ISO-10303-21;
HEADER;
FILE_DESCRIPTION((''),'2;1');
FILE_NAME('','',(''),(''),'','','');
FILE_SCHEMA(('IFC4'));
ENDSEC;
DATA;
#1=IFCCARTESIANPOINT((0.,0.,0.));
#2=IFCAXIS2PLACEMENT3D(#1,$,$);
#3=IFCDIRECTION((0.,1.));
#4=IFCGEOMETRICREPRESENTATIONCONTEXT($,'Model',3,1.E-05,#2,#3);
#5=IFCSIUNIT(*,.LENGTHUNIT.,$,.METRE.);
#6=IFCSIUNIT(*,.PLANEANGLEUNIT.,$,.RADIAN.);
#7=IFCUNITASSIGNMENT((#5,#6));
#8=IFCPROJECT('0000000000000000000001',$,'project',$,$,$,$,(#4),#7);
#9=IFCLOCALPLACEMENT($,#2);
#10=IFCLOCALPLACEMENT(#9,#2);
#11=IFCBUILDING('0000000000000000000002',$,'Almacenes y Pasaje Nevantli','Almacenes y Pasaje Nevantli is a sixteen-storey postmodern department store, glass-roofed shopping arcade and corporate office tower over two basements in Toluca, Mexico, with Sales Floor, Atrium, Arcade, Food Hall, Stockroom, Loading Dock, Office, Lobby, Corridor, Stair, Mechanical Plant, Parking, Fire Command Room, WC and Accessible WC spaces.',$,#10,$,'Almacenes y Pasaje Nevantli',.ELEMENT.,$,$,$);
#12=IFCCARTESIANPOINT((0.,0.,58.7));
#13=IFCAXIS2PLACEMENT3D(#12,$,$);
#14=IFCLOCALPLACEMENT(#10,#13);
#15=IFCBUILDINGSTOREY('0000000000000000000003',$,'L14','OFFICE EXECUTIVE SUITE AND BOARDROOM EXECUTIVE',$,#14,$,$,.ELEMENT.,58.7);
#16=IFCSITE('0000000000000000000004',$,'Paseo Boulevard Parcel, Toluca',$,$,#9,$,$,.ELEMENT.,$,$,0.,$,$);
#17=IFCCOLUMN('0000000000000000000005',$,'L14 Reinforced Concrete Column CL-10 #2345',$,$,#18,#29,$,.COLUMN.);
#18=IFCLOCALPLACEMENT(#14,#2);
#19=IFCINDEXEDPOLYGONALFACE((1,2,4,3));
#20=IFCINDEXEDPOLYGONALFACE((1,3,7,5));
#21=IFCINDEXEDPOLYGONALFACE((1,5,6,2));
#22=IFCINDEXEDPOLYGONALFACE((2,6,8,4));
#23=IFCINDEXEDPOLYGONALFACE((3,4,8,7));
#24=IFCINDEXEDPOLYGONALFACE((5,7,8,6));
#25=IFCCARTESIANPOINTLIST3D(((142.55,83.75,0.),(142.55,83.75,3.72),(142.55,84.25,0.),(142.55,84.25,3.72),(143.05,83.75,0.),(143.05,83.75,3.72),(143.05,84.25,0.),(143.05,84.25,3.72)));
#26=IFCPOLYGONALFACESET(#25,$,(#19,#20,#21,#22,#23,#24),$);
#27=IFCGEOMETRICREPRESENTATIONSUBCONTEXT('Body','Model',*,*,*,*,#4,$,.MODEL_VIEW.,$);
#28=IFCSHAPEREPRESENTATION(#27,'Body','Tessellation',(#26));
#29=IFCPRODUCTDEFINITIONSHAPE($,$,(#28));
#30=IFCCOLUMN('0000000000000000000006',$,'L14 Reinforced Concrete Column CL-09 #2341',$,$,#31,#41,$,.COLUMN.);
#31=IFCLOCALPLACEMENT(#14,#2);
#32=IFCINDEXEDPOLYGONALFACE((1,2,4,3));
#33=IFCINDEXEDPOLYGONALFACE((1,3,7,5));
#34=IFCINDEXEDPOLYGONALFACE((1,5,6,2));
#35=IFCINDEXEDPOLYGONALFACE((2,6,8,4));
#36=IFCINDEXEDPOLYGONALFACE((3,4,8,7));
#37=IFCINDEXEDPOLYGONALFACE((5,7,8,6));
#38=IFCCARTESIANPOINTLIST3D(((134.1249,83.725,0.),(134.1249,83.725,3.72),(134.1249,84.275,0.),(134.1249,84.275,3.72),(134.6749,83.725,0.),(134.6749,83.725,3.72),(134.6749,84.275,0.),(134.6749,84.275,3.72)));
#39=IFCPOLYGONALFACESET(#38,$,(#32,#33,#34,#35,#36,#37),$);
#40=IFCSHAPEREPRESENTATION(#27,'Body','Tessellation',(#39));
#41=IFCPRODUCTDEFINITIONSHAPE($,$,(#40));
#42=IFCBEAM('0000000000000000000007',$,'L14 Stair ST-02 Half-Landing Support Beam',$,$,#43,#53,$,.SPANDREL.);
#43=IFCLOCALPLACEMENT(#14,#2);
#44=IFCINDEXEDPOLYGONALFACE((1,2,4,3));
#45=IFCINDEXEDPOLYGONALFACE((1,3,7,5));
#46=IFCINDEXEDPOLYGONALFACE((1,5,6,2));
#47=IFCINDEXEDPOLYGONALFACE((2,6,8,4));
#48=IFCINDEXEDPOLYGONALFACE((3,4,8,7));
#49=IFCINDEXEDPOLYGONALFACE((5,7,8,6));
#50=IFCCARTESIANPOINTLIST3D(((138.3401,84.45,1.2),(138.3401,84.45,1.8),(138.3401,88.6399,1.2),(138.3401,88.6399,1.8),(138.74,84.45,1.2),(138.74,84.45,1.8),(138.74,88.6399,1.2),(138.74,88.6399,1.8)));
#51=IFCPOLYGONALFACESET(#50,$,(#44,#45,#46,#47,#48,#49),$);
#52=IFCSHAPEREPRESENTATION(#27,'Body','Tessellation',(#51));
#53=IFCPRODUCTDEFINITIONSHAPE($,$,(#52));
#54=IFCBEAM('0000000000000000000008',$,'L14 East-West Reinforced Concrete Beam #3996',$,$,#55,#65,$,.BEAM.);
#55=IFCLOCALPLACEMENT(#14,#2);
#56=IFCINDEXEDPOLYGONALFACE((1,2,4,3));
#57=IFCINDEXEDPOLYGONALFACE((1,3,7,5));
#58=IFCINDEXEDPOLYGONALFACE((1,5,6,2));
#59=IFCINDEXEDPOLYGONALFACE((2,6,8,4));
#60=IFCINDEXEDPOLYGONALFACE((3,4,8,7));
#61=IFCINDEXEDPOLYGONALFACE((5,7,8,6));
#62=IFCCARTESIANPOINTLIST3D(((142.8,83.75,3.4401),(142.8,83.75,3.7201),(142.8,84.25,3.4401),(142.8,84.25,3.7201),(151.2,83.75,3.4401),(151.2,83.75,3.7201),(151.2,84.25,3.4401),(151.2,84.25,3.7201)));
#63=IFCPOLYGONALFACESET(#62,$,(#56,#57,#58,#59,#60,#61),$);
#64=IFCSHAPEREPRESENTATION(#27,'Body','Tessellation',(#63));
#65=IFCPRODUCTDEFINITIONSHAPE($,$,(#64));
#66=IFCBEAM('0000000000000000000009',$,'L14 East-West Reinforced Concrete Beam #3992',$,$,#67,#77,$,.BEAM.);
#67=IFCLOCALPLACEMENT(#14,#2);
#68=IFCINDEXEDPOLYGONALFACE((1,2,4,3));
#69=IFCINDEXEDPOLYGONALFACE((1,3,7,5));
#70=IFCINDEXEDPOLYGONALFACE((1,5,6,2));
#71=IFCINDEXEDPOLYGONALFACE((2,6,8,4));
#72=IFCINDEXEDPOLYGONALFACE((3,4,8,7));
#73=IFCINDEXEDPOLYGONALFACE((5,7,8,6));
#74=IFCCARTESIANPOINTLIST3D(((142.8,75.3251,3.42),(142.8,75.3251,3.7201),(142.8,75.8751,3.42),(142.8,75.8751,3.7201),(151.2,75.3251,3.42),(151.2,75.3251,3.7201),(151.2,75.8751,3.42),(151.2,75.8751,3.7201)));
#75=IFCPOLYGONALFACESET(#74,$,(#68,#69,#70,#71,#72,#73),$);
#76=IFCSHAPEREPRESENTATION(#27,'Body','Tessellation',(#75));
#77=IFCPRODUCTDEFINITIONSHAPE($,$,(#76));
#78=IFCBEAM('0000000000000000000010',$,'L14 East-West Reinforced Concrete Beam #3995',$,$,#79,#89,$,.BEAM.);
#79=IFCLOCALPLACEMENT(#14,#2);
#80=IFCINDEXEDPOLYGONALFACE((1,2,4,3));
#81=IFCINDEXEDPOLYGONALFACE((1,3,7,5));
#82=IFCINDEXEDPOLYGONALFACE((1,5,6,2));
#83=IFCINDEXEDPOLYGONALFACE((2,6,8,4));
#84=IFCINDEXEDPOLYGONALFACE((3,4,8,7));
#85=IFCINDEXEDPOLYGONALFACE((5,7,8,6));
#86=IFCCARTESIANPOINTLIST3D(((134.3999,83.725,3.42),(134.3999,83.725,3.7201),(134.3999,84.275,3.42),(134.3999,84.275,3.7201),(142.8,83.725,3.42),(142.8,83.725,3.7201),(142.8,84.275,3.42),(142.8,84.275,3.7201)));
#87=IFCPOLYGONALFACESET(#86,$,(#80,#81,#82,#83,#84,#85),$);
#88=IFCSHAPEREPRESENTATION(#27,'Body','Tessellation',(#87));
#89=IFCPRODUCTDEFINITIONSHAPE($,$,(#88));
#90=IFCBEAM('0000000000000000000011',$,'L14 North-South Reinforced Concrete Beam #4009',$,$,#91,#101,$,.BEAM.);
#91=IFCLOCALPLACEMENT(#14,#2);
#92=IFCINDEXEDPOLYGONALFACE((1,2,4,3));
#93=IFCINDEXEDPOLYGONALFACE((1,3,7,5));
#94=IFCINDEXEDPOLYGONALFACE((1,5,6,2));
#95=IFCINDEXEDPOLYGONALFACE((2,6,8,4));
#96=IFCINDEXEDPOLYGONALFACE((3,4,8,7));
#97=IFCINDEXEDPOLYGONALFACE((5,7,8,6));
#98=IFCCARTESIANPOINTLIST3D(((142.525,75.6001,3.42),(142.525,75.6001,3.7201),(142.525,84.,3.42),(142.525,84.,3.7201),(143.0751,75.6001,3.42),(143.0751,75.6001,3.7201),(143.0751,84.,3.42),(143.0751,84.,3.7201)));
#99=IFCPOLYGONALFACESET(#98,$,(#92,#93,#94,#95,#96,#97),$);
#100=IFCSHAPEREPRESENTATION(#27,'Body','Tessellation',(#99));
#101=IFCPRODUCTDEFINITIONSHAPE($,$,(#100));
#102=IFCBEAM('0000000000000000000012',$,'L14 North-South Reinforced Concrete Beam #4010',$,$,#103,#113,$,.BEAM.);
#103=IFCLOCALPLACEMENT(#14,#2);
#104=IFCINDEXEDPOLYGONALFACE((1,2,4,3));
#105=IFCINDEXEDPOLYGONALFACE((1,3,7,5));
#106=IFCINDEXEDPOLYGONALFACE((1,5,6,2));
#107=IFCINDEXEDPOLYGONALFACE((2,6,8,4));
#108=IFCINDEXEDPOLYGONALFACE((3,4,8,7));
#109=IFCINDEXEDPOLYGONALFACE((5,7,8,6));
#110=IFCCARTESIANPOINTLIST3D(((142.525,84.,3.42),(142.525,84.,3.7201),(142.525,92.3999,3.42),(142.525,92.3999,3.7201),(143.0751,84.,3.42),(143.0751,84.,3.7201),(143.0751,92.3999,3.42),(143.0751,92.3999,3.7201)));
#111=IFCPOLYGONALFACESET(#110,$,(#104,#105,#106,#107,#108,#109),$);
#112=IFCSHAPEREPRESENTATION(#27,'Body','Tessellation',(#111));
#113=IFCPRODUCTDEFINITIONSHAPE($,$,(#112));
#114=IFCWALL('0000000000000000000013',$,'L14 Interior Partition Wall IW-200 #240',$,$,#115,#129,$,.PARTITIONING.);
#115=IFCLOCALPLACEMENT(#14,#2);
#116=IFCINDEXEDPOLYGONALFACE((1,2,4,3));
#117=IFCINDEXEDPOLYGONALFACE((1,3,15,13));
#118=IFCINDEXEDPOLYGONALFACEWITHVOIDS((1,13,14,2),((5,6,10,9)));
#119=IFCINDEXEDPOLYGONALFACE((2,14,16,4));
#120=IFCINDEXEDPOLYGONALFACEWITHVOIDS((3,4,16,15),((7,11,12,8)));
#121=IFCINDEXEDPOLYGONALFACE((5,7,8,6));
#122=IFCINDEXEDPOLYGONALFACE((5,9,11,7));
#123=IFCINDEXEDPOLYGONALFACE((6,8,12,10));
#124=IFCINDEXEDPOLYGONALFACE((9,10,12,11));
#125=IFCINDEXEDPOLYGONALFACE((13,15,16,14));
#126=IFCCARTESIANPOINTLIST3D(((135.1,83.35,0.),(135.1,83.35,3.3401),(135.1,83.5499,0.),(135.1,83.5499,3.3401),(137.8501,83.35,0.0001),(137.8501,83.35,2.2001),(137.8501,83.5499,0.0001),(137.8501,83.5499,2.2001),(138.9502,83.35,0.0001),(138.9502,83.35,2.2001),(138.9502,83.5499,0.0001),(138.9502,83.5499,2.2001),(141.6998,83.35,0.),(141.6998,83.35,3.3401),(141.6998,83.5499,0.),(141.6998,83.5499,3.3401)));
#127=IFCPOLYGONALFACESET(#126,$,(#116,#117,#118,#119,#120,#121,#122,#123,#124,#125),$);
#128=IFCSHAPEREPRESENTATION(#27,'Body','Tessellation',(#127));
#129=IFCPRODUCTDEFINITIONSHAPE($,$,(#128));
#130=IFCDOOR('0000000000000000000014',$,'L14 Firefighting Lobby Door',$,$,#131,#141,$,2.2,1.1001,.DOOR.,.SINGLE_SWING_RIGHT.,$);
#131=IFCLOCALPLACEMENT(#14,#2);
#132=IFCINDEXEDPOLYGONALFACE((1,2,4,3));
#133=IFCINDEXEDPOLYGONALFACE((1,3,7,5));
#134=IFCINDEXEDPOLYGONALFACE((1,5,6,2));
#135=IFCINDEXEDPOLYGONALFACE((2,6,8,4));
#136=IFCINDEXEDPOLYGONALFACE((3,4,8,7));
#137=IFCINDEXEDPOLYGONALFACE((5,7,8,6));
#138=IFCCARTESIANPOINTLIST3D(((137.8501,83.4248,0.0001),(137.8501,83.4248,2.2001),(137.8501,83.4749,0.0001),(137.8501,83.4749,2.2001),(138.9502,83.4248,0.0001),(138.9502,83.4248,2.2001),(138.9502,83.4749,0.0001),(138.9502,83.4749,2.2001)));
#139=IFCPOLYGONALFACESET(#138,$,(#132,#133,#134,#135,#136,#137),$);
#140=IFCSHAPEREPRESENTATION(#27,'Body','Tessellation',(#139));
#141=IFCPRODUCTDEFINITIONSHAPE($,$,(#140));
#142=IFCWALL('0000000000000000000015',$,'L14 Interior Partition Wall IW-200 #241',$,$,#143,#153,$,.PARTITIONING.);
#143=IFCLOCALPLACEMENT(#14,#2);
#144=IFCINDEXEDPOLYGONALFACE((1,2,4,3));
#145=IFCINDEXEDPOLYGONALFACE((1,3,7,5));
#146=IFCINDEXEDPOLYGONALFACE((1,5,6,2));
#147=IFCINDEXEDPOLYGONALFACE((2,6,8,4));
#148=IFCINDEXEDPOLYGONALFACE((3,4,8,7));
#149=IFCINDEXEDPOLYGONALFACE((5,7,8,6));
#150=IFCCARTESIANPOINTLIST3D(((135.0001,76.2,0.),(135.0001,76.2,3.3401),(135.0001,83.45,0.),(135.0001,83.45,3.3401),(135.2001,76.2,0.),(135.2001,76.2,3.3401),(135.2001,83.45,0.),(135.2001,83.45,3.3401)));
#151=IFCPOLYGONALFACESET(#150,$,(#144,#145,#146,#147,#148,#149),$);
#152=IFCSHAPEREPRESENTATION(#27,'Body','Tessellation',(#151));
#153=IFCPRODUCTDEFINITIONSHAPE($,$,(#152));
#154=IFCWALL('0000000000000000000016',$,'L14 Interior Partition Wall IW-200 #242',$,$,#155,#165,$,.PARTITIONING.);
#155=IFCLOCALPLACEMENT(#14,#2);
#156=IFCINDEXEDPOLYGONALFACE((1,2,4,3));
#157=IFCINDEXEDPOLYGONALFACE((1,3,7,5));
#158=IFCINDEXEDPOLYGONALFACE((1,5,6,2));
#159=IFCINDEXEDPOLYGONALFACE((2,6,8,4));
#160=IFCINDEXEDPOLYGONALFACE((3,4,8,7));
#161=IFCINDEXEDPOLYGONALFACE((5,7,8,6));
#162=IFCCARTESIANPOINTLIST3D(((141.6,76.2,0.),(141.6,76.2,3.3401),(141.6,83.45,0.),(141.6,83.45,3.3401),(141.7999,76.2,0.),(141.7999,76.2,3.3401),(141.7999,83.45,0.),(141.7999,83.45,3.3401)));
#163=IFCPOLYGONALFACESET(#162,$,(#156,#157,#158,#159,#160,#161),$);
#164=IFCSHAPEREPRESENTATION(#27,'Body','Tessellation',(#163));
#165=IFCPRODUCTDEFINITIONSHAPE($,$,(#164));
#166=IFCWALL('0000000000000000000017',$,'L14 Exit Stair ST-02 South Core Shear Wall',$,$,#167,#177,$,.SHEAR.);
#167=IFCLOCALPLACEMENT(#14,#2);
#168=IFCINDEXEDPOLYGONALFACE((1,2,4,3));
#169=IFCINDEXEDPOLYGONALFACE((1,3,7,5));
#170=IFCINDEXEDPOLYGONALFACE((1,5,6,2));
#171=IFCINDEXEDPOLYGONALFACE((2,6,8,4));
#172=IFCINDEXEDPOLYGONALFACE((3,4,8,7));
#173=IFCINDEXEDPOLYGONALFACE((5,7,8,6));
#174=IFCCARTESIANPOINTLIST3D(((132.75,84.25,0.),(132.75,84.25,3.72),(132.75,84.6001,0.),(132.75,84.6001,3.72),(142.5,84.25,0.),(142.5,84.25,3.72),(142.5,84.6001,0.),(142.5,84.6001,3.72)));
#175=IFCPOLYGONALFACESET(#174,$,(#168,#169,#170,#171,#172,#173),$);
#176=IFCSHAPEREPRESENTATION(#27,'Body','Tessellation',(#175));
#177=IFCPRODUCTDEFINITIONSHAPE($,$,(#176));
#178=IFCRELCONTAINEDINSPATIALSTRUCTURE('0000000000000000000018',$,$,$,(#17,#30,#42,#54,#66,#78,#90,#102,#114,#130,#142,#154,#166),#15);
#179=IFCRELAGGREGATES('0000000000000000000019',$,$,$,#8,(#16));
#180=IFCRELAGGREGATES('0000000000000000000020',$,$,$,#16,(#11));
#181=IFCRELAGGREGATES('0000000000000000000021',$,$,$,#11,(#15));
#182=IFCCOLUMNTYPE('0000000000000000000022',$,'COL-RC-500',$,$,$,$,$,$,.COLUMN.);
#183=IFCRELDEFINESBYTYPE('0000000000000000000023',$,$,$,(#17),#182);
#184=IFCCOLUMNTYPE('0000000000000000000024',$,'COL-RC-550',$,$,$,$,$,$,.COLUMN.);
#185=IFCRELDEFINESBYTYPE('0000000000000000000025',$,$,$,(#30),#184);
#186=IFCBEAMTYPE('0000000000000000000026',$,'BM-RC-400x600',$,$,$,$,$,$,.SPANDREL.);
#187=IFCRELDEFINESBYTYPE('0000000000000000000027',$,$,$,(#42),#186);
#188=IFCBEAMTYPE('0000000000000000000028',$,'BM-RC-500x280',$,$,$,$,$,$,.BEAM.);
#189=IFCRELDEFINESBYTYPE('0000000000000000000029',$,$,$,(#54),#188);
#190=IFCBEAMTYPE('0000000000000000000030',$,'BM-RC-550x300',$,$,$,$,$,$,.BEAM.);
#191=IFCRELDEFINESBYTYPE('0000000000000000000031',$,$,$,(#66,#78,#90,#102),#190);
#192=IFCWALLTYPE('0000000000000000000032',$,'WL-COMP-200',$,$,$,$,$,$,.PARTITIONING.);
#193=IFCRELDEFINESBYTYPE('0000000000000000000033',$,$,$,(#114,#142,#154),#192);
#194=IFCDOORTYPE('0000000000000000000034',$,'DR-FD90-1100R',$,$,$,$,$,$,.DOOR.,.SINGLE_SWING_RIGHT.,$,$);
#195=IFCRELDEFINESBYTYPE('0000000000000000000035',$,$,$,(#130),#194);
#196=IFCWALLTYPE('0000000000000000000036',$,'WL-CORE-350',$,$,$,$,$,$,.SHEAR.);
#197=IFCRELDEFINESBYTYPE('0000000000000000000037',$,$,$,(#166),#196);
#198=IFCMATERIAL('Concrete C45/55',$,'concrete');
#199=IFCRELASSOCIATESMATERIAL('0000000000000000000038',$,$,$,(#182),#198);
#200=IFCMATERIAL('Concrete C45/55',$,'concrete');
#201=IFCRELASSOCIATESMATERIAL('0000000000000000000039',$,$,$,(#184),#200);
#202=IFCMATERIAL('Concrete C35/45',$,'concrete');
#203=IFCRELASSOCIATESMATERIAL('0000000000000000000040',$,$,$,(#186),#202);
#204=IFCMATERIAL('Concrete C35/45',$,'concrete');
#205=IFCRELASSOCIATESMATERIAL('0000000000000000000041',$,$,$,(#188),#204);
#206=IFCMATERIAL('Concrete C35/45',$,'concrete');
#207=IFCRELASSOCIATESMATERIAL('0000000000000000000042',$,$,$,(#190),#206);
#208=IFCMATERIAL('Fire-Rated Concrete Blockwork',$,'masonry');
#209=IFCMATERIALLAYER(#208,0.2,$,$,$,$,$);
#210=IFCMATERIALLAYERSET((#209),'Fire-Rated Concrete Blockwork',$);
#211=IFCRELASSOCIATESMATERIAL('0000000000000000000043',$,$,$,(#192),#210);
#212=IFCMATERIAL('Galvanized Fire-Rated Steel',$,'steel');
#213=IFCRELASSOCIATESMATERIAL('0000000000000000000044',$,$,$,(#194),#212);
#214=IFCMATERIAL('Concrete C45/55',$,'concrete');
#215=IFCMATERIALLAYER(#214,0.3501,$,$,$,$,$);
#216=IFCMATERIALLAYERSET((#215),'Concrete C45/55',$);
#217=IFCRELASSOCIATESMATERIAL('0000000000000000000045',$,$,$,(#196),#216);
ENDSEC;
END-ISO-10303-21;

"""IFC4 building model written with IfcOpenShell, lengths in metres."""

from ifc_helpers import new_model, si_unit, direction, frame, frame_2d, origin, origin_2d, place, context, subcontext, project, spatial, rectangle, extrude, material, layer, layer_set, material_profile, profile_set, type_object, element, fill, save


model = new_model("IFC4")

# Units and contexts
model_context = context("Model", 3, precision=1e-05, world=origin(), true_north=direction((0.0, 1.0)))
body_context = subcontext(model_context, "Body", "Model", "MODEL_VIEW")
ifc_project = project(units=[si_unit("LENGTHUNIT", "METRE"), si_unit("PLANEANGLEUNIT", "RADIAN")], contexts=[model_context])

# Site, building, storey
site_placement = place(None, origin())
site = spatial("IfcSite", under=ifc_project, at=site_placement, Name="Paseo Boulevard Parcel, Toluca", CompositionType="ELEMENT", RefElevation=0.0)
building_placement = place(site_placement, origin())
building = spatial("IfcBuilding", under=site, at=building_placement, Name="Almacenes y Pasaje Nevantli", Description="Almacenes y Pasaje Nevantli is a sixteen-storey postmodern department store, glass-roofed shopping arcade and corporate office tower over two basements in Toluca, Mexico, with Sales Floor, Atrium, Arcade, Food Hall, Stockroom, Loading Dock, Office, Lobby, Corridor, Stair, Mechanical Plant, Parking, Fire Command Room, WC and Accessible WC spaces.", LongName="Almacenes y Pasaje Nevantli", CompositionType="ELEMENT")
storey_placement = place(building_placement, frame((0.0, 0.0, 58.7)))
storey = spatial("IfcBuildingStorey", under=building, at=storey_placement, Name="L14", Description="OFFICE EXECUTIVE SUITE AND BOARDROOM EXECUTIVE", CompositionType="ELEMENT", Elevation=58.7)

# Columns
ifc_material_1 = material(Name="Concrete C45/55", Category="concrete")
ifc_material_profile_1 = material_profile(ifc_material_1, rectangle(XDim=0.5, YDim=0.5, at=origin_2d()), Name="RC-COL-500x500")
ifc_profile_set_1 = profile_set([ifc_material_profile_1], Name="Concrete C45/55")
column_type_1 = type_object("IfcColumnType", Name="COL-RC-500", PredefinedType="COLUMN", material=ifc_profile_set_1)
column_1_placement = place(storey_placement, frame((142.8, 84.0, 0.0), z_axis=(0.0, 0.0, 1.0), x_axis=(1.0, 0.0, 0.0)))
element("IfcColumn", 1, at=column_1_placement, inside=storey, type_object=column_type_1, Name="L14 Reinforced Concrete Column CL-10 #2345", PredefinedType="COLUMN", context=body_context, shape_type="SweptSolid", body=[
    extrude(rectangle(XDim=0.5, YDim=0.5, at=origin_2d()), origin(), (0.0, 0.0, 1.0), 3.72),
])
ifc_material_2 = material(Name="Concrete C45/55", Category="concrete")
ifc_material_profile_2 = material_profile(ifc_material_2, rectangle(XDim=0.55, YDim=0.55, at=origin_2d()), Name="RC-COL-550x550")
ifc_profile_set_2 = profile_set([ifc_material_profile_2], Name="Concrete C45/55")
column_type_2 = type_object("IfcColumnType", Name="COL-RC-550", PredefinedType="COLUMN", material=ifc_profile_set_2)
column_2_placement = place(storey_placement, frame((134.3999, 84.0, 0.0), z_axis=(0.0, 0.0, 1.0), x_axis=(1.0, 0.0, 0.0)))
element("IfcColumn", 2, at=column_2_placement, inside=storey, type_object=column_type_2, Name="L14 Reinforced Concrete Column CL-09 #2341", PredefinedType="COLUMN", context=body_context, shape_type="SweptSolid", body=[
    extrude(rectangle(XDim=0.55, YDim=0.55, at=origin_2d()), origin(), (0.0, 0.0, 1.0), 3.72),
])

# Beams
ifc_material_3 = material(Name="Concrete C35/45", Category="concrete")
ifc_material_profile_3 = material_profile(ifc_material_3, rectangle(XDim=0.3999, YDim=0.6001, at=origin_2d()), Name="RC-BM-400x600")
ifc_profile_set_3 = profile_set([ifc_material_profile_3], Name="Concrete C35/45")
beam_type_1 = type_object("IfcBeamType", Name="BM-RC-400x600", PredefinedType="SPANDREL", material=ifc_profile_set_3)
beam_1_placement = place(storey_placement, frame((138.54, 84.45, 1.5), z_axis=(0.0, 1.0, 0.0), x_axis=(-1.0, 0.0, 0.0)))
element("IfcBeam", 3, at=beam_1_placement, inside=storey, type_object=beam_type_1, Name="L14 Stair ST-02 Half-Landing Support Beam", PredefinedType="SPANDREL", context=body_context, shape_type="SweptSolid", body=[
    extrude(rectangle(XDim=0.3999, YDim=0.6001, at=origin_2d()), origin(), (0.0, 0.0, 1.0), 4.1899),
])
ifc_material_4 = material(Name="Concrete C35/45", Category="concrete")
ifc_material_profile_4 = material_profile(ifc_material_4, rectangle(XDim=0.5, YDim=0.28, at=origin_2d()), Name="RC-BM-500x280")
ifc_profile_set_4 = profile_set([ifc_material_profile_4], Name="Concrete C35/45")
beam_type_2 = type_object("IfcBeamType", Name="BM-RC-500x280", PredefinedType="BEAM", material=ifc_profile_set_4)
beam_2_placement = place(storey_placement, frame((142.8, 84.0, 3.5801), z_axis=(1.0, 0.0, 0.0), x_axis=(0.0, 1.0, 0.0)))
element("IfcBeam", 4, at=beam_2_placement, inside=storey, type_object=beam_type_2, Name="L14 East-West Reinforced Concrete Beam #3996", PredefinedType="BEAM", context=body_context, shape_type="SweptSolid", body=[
    extrude(rectangle(XDim=0.5, YDim=0.28, at=origin_2d()), origin(), (0.0, 0.0, 1.0), 8.3999),
])
ifc_material_5 = material(Name="Concrete C35/45", Category="concrete")
ifc_material_profile_5 = material_profile(ifc_material_5, rectangle(XDim=0.55, YDim=0.3, at=origin_2d()), Name="RC-BM-550x300")
ifc_profile_set_5 = profile_set([ifc_material_profile_5], Name="Concrete C35/45")
beam_type_3 = type_object("IfcBeamType", Name="BM-RC-550x300", PredefinedType="BEAM", material=ifc_profile_set_5)
beam_3_placement = place(storey_placement, frame((142.8, 75.6001, 3.5701), z_axis=(1.0, 0.0, 0.0), x_axis=(0.0, 1.0, 0.0)))
element("IfcBeam", 5, at=beam_3_placement, inside=storey, type_object=beam_type_3, Name="L14 East-West Reinforced Concrete Beam #3992", PredefinedType="BEAM", context=body_context, shape_type="SweptSolid", body=[
    extrude(rectangle(XDim=0.55, YDim=0.3, at=origin_2d()), origin(), (0.0, 0.0, 1.0), 8.3999),
])
beam_4_placement = place(storey_placement, frame((134.3999, 84.0, 3.5701), z_axis=(1.0, 0.0, 0.0), x_axis=(0.0, 1.0, 0.0)))
element("IfcBeam", 6, at=beam_4_placement, inside=storey, type_object=beam_type_3, Name="L14 East-West Reinforced Concrete Beam #3995", PredefinedType="BEAM", context=body_context, shape_type="SweptSolid", body=[
    extrude(rectangle(XDim=0.55, YDim=0.3, at=origin_2d()), origin(), (0.0, 0.0, 1.0), 8.4001),
])
for number, where, z_axis, x_axis, name in (
    (7, (142.8, 75.6001, 3.5701), (0.0, 1.0, 0.0), (-1.0, 0.0, 0.0), "L14 North-South Reinforced Concrete Beam #4009"),
    (8, (142.8, 84.0, 3.5701), (0.0, 1.0, 0.0), (-1.0, 0.0, 0.0), "L14 North-South Reinforced Concrete Beam #4010"),
):
    element("IfcBeam", number, at=place(storey_placement, frame(where, z_axis=z_axis, x_axis=x_axis)), inside=storey, type_object=beam_type_3, Name=name, PredefinedType="BEAM", context=body_context, shape_type="SweptSolid", body=[
        extrude(rectangle(XDim=0.55, YDim=0.3, at=origin_2d()), origin(), (0.0, 0.0, 1.0), 8.3999),
    ])

# Wall, opening, door
ifc_material_6 = material(Name="Fire-Rated Concrete Blockwork", Category="masonry")
ifc_layer_1 = layer(ifc_material_6, 0.2)
ifc_layer_set_1 = layer_set([ifc_layer_1], Name="Fire-Rated Concrete Blockwork")
wall_type_1 = type_object("IfcWallType", Name="WL-COMP-200", PredefinedType="PARTITIONING", material=ifc_layer_set_1)
wall_1_placement = place(storey_placement, frame((135.1001, 83.45, 0.0), z_axis=(0.0, 0.0, 1.0), x_axis=(1.0, 0.0, 0.0)))
wall_1 = element("IfcWall", 9, at=wall_1_placement, inside=storey, type_object=wall_type_1, Name="L14 Interior Partition Wall IW-200 #240", PredefinedType="PARTITIONING", context=body_context, shape_type="SweptSolid", body=[
    extrude(rectangle(XDim=6.5999, YDim=0.2, at=frame_2d((3.2998, 0.0))), origin(), (0.0, 0.0, 1.0), 3.3401),
])
opening_1_placement = place(wall_1_placement, frame((2.75, 0.0, 0.0)))
opening_1 = element("IfcOpeningElement", 10, at=opening_1_placement, cuts=wall_1, PredefinedType="OPENING", context=body_context, shape_type="SweptSolid", body=[
    extrude(rectangle(XDim=1.1001, YDim=2.2, at=frame_2d((0.55, 1.1001))), frame((0.0, 0.1099, 0.0), z_axis=(0.0, -1.0, 0.0), x_axis=(1.0, 0.0, 0.0)), (0.0, 0.0, 1.0), 0.22),
])
ifc_material_7 = material(Name="Galvanized Fire-Rated Steel", Category="steel")
door_type_1 = type_object("IfcDoorType", Name="DR-FD90-1100R", OperationType="SINGLE_SWING_RIGHT", PredefinedType="DOOR", material=ifc_material_7)
door_1_placement = place(opening_1_placement, origin())
door_1 = element("IfcDoor", 11, at=door_1_placement, inside=storey, type_object=door_type_1, Name="L14 Firefighting Lobby Door", OperationType="SINGLE_SWING_RIGHT", OverallHeight=2.2, OverallWidth=1.1001, PredefinedType="DOOR", context=body_context, shape_type="SweptSolid", body=[
    extrude(rectangle(XDim=1.1001, YDim=2.2, at=frame_2d((0.55, 1.1001))), frame((0.0, 0.0249, 0.0), z_axis=(0.0, -1.0, 0.0), x_axis=(1.0, 0.0, 0.0)), (0.0, 0.0, 1.0), 0.05),
])
fill(opening_1, door_1)

# Walls
for number, where, z_axis, x_axis, name in (
    (12, (135.1001, 76.2, 0.0), (0.0, 0.0, 1.0), (0.0, 1.0, 0.0), "L14 Interior Partition Wall IW-200 #241"),
    (13, (141.7, 76.2, 0.0), (0.0, 0.0, 1.0), (0.0, 1.0, 0.0), "L14 Interior Partition Wall IW-200 #242"),
):
    element("IfcWall", number, at=place(storey_placement, frame(where, z_axis=z_axis, x_axis=x_axis)), inside=storey, type_object=wall_type_1, Name=name, PredefinedType="PARTITIONING", context=body_context, shape_type="SweptSolid", body=[
        extrude(rectangle(XDim=7.25, YDim=0.2, at=frame_2d((3.625, 0.0))), origin(), (0.0, 0.0, 1.0), 3.3401),
    ])
ifc_material_8 = material(Name="Concrete C45/55", Category="concrete")
ifc_layer_2 = layer(ifc_material_8, 0.3501)
ifc_layer_set_2 = layer_set([ifc_layer_2], Name="Concrete C45/55")
wall_type_2 = type_object("IfcWallType", Name="WL-CORE-350", PredefinedType="SHEAR", material=ifc_layer_set_2)
wall_2_placement = place(storey_placement, frame((132.75, 84.425, 0.0), z_axis=(0.0, 0.0, 1.0), x_axis=(1.0, 0.0, 0.0)))
element("IfcWall", 14, at=wall_2_placement, inside=storey, type_object=wall_type_2, Name="L14 Exit Stair ST-02 South Core Shear Wall", PredefinedType="SHEAR", context=body_context, shape_type="SweptSolid", body=[
    extrude(rectangle(XDim=9.75, YDim=0.3501, at=frame_2d((4.875, 0.0))), origin(), (0.0, 0.0, 1.0), 3.72),
])

save(model, "model.ifc")
